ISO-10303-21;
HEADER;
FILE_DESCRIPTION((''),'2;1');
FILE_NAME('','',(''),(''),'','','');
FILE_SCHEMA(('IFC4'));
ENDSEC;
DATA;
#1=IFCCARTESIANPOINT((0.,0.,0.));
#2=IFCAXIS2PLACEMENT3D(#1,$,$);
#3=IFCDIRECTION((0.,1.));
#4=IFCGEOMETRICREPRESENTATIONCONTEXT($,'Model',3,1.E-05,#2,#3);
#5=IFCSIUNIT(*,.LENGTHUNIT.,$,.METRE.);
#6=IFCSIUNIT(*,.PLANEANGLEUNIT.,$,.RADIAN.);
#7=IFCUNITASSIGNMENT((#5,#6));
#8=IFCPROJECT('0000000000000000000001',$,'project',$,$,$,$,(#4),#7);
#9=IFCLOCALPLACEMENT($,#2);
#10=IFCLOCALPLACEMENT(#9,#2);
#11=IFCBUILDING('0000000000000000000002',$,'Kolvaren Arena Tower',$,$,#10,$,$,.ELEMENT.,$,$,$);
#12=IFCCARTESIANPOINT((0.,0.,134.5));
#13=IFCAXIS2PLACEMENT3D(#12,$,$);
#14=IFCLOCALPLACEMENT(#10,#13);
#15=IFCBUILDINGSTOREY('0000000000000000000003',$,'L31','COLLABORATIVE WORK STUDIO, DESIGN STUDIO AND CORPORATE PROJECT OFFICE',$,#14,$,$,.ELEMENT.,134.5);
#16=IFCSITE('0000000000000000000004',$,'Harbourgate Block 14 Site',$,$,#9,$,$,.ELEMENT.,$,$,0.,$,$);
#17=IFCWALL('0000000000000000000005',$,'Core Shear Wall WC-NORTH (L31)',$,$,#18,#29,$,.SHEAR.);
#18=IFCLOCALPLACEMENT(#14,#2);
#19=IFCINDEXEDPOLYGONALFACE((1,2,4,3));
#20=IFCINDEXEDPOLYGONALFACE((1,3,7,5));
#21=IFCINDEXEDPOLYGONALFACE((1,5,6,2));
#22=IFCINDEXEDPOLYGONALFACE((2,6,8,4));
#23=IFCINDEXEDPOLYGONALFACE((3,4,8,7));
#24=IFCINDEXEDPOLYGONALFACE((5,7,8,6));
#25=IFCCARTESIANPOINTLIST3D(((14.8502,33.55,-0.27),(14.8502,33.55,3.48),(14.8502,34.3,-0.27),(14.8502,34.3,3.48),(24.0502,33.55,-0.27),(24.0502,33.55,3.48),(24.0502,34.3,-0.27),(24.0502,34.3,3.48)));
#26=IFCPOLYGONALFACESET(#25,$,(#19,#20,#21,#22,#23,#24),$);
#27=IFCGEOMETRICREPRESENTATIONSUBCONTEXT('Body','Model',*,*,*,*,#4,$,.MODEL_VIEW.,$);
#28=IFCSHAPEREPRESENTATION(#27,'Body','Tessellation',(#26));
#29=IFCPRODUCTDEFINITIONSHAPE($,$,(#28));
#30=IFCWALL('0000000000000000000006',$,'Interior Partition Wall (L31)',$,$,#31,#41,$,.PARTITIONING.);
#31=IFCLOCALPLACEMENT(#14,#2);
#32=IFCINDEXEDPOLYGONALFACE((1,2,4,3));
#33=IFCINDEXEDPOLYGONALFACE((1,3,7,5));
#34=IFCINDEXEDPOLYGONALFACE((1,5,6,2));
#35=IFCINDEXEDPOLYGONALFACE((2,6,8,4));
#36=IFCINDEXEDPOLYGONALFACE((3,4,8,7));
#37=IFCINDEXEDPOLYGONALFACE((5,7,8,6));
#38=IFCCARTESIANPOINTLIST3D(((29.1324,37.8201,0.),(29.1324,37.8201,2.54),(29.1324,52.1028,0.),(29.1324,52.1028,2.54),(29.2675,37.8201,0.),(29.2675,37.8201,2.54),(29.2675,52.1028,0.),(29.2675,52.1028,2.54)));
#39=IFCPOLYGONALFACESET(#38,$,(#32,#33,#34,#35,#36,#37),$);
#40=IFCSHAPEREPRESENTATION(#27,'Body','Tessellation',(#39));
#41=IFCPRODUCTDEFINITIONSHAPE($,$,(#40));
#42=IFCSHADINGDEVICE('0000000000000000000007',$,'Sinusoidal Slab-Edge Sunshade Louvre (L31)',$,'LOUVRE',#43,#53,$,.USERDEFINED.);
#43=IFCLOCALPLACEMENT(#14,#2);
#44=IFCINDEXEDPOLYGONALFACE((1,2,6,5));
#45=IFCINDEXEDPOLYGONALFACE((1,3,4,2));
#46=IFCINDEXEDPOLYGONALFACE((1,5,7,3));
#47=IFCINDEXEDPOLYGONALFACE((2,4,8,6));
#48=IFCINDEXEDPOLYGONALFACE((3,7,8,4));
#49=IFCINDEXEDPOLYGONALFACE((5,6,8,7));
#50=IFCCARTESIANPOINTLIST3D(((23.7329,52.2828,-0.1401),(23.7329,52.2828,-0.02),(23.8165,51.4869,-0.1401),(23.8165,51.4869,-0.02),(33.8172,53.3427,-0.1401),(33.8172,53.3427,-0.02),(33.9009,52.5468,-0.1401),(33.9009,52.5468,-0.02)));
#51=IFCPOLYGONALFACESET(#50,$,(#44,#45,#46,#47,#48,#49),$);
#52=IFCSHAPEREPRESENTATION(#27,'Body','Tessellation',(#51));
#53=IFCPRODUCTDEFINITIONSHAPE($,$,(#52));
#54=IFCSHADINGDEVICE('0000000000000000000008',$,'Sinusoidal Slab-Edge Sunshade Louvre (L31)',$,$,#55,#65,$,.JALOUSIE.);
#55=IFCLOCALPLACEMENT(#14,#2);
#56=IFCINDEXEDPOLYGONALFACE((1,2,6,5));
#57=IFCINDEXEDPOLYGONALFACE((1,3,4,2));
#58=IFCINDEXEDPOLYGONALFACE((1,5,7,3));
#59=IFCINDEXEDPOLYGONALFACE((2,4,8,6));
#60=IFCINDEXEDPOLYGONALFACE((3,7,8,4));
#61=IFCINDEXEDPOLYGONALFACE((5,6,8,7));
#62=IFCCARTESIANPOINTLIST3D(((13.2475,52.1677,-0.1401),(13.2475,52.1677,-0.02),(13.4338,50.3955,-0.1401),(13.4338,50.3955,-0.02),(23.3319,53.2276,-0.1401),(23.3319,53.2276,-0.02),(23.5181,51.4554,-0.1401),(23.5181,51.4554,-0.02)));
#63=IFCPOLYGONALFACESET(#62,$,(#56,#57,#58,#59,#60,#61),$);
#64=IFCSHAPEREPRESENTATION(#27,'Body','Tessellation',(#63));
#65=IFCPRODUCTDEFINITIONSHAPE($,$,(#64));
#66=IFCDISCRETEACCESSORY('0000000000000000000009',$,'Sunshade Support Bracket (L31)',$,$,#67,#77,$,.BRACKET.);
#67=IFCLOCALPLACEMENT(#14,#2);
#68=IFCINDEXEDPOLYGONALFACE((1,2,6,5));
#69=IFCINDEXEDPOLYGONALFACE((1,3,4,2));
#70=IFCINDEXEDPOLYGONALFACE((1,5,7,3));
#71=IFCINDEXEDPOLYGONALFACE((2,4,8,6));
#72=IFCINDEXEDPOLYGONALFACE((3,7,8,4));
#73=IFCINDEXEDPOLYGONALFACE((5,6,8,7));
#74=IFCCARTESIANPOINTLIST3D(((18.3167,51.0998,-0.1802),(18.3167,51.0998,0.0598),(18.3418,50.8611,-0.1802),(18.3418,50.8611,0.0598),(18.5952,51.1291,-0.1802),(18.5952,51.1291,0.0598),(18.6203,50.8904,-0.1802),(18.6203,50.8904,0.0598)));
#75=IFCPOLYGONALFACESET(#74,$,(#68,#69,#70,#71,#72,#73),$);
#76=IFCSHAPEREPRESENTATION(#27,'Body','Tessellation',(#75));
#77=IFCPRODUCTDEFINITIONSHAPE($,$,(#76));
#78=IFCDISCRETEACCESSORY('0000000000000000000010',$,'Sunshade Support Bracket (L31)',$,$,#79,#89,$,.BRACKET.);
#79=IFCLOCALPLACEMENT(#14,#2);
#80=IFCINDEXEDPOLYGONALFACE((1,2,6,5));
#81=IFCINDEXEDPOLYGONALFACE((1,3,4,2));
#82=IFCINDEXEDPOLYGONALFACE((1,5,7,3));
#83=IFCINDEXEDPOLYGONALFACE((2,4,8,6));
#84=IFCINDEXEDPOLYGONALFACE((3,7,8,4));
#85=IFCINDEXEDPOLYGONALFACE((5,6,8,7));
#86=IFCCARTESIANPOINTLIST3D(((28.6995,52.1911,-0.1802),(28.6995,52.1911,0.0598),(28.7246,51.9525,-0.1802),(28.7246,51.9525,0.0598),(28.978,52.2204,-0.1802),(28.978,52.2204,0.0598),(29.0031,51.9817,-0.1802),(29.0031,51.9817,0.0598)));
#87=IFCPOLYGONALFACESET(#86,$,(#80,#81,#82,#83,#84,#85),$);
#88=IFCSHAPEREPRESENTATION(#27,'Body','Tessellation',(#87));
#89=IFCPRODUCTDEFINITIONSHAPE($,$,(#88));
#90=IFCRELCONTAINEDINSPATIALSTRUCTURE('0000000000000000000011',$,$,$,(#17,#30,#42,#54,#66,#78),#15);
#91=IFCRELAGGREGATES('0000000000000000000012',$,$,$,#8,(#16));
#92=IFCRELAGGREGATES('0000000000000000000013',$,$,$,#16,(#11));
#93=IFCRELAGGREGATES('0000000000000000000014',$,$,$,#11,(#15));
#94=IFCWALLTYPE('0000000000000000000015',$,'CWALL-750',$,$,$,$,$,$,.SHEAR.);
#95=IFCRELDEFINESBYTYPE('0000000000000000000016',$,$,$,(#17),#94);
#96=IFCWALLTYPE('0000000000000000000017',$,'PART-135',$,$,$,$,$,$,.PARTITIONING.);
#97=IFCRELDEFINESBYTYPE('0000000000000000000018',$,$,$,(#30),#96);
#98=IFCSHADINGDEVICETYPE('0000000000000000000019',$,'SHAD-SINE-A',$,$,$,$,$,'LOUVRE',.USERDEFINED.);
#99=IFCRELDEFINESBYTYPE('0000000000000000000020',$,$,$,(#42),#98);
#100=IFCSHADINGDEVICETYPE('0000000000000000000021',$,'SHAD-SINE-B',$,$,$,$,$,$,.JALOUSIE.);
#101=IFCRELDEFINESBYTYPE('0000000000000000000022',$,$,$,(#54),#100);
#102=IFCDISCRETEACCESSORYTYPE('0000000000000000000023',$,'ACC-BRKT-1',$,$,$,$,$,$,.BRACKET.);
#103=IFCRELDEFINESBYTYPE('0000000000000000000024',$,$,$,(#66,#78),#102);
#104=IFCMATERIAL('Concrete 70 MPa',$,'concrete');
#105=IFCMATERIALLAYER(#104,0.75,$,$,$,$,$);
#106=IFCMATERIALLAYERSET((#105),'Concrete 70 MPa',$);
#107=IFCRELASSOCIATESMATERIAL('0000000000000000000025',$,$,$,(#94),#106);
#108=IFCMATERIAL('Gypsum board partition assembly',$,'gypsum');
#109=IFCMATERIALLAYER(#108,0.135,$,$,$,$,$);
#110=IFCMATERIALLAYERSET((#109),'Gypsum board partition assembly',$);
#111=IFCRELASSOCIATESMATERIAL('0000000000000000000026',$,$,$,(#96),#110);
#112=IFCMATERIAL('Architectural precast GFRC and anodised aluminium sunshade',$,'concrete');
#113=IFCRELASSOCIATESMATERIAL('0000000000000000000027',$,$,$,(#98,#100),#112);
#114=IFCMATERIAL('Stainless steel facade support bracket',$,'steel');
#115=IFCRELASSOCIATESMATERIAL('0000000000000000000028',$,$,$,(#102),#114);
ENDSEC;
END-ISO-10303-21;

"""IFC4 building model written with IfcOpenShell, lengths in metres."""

from ifc_helpers import new_model, si_unit, direction, frame, frame_2d, origin, origin_2d, place, context, subcontext, project, spatial, rectangle, extrude, material, layer, layer_set, type_object, element, save


model = new_model("IFC4")

# Units and contexts
model_context = context("Model", 3, precision=1e-05, world=origin(), true_north=direction((0.0, 1.0)))
body_context = subcontext(model_context, "Body", "Model", "MODEL_VIEW")
ifc_project = project(units=[si_unit("LENGTHUNIT", "METRE"), si_unit("PLANEANGLEUNIT", "RADIAN")], contexts=[model_context])

# Site, building, storey
site_placement = place(None, origin())
site = spatial("IfcSite", under=ifc_project, at=site_placement, Name="Harbourgate Block 14 Site", CompositionType="ELEMENT", RefElevation=0.0)
building_placement = place(site_placement, origin())
building = spatial("IfcBuilding", under=site, at=building_placement, Name="Kolvaren Arena Tower", CompositionType="ELEMENT")
storey_placement = place(building_placement, frame((0.0, 0.0, 134.5)))
storey = spatial("IfcBuildingStorey", under=building, at=storey_placement, Name="L31", Description="COLLABORATIVE WORK STUDIO, DESIGN STUDIO AND CORPORATE PROJECT OFFICE", CompositionType="ELEMENT", Elevation=134.5)

# Walls
ifc_material_1 = material(Name="Concrete 70 MPa", Category="concrete")
ifc_layer_1 = layer(ifc_material_1, 0.75)
ifc_layer_set_1 = layer_set([ifc_layer_1], Name="Concrete 70 MPa")
wall_type_1 = type_object("IfcWallType", Name="CWALL-750", PredefinedType="SHEAR", material=ifc_layer_set_1)
wall_1_placement = place(storey_placement, frame((14.8501, 33.925, -0.27), z_axis=(0.0, 0.0, 1.0), x_axis=(1.0, 0.0, 0.0)))
element("IfcWall", 1, at=wall_1_placement, inside=storey, type_object=wall_type_1, Name="Core Shear Wall WC-NORTH (L31)", PredefinedType="SHEAR", context=body_context, shape_type="SweptSolid", body=[
    extrude(rectangle(XDim=9.2, YDim=0.75, at=frame_2d((4.6001, 0.0))), origin(), (0.0, 0.0, 1.0), 3.75),
])
ifc_material_2 = material(Name="Gypsum board partition assembly", Category="gypsum")
ifc_layer_2 = layer(ifc_material_2, 0.135)
ifc_layer_set_2 = layer_set([ifc_layer_2], Name="Gypsum board partition assembly")
wall_type_2 = type_object("IfcWallType", Name="PART-135", PredefinedType="PARTITIONING", material=ifc_layer_set_2)
wall_2_placement = place(storey_placement, frame((29.2, 37.8201, 0.0), z_axis=(0.0, 0.0, 1.0), x_axis=(0.0, 1.0, 0.0)))
element("IfcWall", 2, at=wall_2_placement, inside=storey, type_object=wall_type_2, Name="Interior Partition Wall (L31)", PredefinedType="PARTITIONING", context=body_context, shape_type="SweptSolid", body=[
    extrude(rectangle(XDim=14.2827, YDim=0.135, at=frame_2d((7.1414, 0.0))), origin(), (0.0, 0.0, 1.0), 2.54),
])

# Shading devices
ifc_material_3 = material(Name="Architectural precast GFRC and anodised aluminium sunshade", Category="concrete")
shading_device_type_1 = type_object("IfcShadingDeviceType", Name="SHAD-SINE-A", ElementType="LOUVRE", PredefinedType="USERDEFINED", material=ifc_material_3)
shading_device_1_placement = place(storey_placement, frame((28.8169, 52.4148, -0.1401), z_axis=(0.0, 0.0, 1.0), x_axis=(0.994522, 0.104527, 0.0)))
element("IfcShadingDevice", 3, at=shading_device_1_placement, inside=storey, type_object=shading_device_type_1, Name="Sinusoidal Slab-Edge Sunshade Louvre (L31)", ObjectType="LOUVRE", PredefinedType="USERDEFINED", context=body_context, shape_type="SweptSolid", body=[
    extrude(rectangle(XDim=10.1399, YDim=0.8003, at=origin_2d()), origin(), (0.0, 0.0, 1.0), 0.1201),
])
shading_device_type_2 = type_object("IfcShadingDeviceType", Name="SHAD-SINE-B", PredefinedType="JALOUSIE", material=ifc_material_3)
shading_device_2_placement = place(storey_placement, frame((18.3828, 51.8115, -0.1401), z_axis=(0.0, 0.0, 1.0), x_axis=(0.994522, 0.104527, 0.0)))
element("IfcShadingDevice", 4, at=shading_device_2_placement, inside=storey, type_object=shading_device_type_2, Name="Sinusoidal Slab-Edge Sunshade Louvre (L31)", PredefinedType="JALOUSIE", context=body_context, shape_type="SweptSolid", body=[
    extrude(rectangle(XDim=10.1399, YDim=1.782, at=origin_2d()), origin(), (0.0, 0.0, 1.0), 0.1201),
])

# Discrete accessories
ifc_material_4 = material(Name="Stainless steel facade support bracket", Category="steel")
discrete_accessory_type = type_object("IfcDiscreteAccessoryType", Name="ACC-BRKT-1", PredefinedType="BRACKET", material=ifc_material_4)
for number, where, z_axis, x_axis, name in (
    (5, (18.4685, 50.9951, -0.1802), (0.0, 0.0, 1.0), (0.994522, 0.104527, 0.0), "Sunshade Support Bracket (L31)"),
    (6, (28.8513, 52.0864, -0.1802), (0.0, 0.0, 1.0), (0.994522, 0.104527, 0.0), "Sunshade Support Bracket (L31)"),
):
    element("IfcDiscreteAccessory", number, at=place(storey_placement, frame(where, z_axis=z_axis, x_axis=x_axis)), inside=storey, type_object=discrete_accessory_type, Name=name, PredefinedType="BRACKET", context=body_context, shape_type="SweptSolid", body=[
        extrude(rectangle(XDim=0.28, YDim=0.24, at=origin_2d()), origin(), (0.0, 0.0, 1.0), 0.24),
    ])

save(model, "model.ifc")
